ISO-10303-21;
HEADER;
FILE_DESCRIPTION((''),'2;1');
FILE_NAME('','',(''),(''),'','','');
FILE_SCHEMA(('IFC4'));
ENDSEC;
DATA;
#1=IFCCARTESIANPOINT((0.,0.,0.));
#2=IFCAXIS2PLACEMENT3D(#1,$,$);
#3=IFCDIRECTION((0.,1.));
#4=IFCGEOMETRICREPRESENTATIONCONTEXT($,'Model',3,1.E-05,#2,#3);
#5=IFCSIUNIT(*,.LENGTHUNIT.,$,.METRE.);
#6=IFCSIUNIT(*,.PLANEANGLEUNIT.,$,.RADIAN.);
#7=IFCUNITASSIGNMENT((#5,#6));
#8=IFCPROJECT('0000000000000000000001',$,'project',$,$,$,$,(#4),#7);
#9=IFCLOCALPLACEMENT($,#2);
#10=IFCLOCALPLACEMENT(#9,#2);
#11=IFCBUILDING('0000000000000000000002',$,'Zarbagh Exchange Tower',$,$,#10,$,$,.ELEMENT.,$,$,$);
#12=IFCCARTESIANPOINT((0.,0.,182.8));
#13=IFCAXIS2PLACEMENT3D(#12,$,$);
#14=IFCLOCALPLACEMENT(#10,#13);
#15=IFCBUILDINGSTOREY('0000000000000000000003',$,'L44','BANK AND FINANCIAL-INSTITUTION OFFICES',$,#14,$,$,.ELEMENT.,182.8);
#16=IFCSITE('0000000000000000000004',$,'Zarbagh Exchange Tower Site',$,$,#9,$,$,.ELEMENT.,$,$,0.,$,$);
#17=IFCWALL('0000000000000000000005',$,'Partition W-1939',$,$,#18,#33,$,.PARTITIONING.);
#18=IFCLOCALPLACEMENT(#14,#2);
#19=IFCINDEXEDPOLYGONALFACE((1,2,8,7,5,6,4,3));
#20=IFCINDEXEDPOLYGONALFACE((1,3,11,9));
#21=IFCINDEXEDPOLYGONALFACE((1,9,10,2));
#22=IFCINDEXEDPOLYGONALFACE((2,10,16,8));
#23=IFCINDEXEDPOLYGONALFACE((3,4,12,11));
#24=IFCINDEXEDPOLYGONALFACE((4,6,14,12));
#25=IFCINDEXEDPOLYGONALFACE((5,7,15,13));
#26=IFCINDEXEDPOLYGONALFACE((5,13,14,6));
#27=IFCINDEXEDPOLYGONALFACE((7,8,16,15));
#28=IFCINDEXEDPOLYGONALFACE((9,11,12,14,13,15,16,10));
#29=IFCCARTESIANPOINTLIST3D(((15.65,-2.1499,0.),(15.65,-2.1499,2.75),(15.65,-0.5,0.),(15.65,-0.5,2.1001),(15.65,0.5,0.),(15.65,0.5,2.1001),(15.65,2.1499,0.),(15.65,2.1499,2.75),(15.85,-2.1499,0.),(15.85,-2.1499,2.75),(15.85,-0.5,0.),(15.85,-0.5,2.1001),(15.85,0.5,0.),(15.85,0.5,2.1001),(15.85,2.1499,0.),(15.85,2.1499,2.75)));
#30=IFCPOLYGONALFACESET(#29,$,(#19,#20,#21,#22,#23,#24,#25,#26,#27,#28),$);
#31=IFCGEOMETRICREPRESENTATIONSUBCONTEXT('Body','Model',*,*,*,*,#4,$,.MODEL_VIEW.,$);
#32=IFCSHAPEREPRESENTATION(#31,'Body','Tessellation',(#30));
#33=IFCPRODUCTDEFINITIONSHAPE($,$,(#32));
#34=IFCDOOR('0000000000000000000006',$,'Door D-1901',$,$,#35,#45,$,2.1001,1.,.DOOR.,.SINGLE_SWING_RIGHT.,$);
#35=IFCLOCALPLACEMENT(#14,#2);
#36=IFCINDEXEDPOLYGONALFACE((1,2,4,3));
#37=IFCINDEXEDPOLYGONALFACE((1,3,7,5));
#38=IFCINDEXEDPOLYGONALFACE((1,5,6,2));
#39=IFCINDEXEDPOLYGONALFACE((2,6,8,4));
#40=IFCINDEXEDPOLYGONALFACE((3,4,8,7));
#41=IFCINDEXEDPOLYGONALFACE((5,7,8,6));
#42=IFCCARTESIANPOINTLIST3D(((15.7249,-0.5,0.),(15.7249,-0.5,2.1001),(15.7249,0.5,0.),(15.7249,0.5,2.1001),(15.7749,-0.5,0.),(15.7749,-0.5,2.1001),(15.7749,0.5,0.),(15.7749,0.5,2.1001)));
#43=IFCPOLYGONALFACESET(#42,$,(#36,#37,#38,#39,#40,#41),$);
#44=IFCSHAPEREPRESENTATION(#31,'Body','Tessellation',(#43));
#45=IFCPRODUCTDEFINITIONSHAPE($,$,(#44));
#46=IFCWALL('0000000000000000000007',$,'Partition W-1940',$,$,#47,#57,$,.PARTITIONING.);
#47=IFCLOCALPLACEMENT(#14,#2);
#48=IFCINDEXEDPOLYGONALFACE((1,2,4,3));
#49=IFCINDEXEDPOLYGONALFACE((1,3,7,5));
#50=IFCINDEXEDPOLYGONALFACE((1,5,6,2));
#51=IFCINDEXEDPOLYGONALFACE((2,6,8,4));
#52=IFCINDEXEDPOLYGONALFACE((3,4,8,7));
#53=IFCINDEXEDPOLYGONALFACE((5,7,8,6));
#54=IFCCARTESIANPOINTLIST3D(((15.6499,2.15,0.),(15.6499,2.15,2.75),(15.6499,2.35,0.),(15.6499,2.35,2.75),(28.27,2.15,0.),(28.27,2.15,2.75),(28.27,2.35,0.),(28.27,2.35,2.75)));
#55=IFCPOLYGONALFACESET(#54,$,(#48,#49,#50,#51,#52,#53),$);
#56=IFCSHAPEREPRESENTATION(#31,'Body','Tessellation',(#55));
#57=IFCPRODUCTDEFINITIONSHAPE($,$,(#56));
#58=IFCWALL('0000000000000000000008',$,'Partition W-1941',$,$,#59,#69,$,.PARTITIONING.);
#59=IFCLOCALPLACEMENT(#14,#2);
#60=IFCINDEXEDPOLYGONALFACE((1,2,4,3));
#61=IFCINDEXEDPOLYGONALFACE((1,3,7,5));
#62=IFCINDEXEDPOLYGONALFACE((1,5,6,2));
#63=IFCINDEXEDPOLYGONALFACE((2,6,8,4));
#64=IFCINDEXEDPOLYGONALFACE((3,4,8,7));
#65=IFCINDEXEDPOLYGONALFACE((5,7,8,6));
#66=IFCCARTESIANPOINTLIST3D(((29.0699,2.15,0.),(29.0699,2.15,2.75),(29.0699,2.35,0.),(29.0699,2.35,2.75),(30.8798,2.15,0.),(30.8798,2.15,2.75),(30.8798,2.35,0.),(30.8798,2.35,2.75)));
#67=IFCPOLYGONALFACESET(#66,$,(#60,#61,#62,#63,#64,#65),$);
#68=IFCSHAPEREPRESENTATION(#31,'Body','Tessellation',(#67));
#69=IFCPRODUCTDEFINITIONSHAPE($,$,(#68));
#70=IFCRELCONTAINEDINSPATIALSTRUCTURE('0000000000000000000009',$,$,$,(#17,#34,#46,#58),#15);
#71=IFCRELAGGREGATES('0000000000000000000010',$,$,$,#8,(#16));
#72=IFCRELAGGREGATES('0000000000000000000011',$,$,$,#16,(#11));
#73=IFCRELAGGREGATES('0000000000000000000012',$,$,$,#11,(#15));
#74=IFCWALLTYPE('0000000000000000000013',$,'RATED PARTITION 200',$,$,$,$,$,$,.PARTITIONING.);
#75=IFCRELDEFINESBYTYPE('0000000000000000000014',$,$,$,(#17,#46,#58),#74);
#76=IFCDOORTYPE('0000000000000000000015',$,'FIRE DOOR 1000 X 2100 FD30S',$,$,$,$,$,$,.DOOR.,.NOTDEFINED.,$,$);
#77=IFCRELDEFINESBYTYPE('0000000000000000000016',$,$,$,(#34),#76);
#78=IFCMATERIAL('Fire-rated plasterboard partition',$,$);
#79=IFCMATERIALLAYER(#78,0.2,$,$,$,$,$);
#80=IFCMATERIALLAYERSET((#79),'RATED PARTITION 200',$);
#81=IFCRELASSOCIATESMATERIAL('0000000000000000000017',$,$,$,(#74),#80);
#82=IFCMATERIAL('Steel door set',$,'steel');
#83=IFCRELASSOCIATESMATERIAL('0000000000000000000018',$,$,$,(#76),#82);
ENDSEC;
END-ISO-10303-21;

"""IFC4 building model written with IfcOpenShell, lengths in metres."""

from ifc_helpers import new_model, si_unit, direction, frame, frame_2d, origin, place, context, subcontext, project, spatial, rectangle, extrude, material, layer, layer_set, type_object, element, fill, save


model = new_model("IFC4")

# Units and contexts
model_context = context("Model", 3, precision=1e-05, world=origin(), true_north=direction((0.0, 1.0)))
body_context = subcontext(model_context, "Body", "Model", "MODEL_VIEW")
ifc_project = project(units=[si_unit("LENGTHUNIT", "METRE"), si_unit("PLANEANGLEUNIT", "RADIAN")], contexts=[model_context])

# Site, building, storey
site_placement = place(None, origin())
site = spatial("IfcSite", under=ifc_project, at=site_placement, Name="Zarbagh Exchange Tower Site", CompositionType="ELEMENT", RefElevation=0.0)
building_placement = place(site_placement, origin())
building = spatial("IfcBuilding", under=site, at=building_placement, Name="Zarbagh Exchange Tower", CompositionType="ELEMENT")
storey_placement = place(building_placement, frame((0.0, 0.0, 182.8)))
storey = spatial("IfcBuildingStorey", under=building, at=storey_placement, Name="L44", Description="BANK AND FINANCIAL-INSTITUTION OFFICES", CompositionType="ELEMENT", Elevation=182.8)

# Shared definitions
ifc_material_1 = material(Name="Fire-rated plasterboard partition")
ifc_layer = layer(ifc_material_1, 0.2)
ifc_layer_set = layer_set([ifc_layer], Name="RATED PARTITION 200")
wall_type = type_object("IfcWallType", Name="RATED PARTITION 200", PredefinedType="PARTITIONING", material=ifc_layer_set)
ifc_material_2 = material(Name="Steel door set", Category="steel")
door_type_1 = type_object("IfcDoorType", Name="FIRE DOOR 1000 X 2100 FD30S", OperationType="NOTDEFINED", PredefinedType="DOOR", material=ifc_material_2)

# Wall, opening, door
wall_1_placement = place(storey_placement, frame((15.75, 2.1499, 0.0), z_axis=(0.0, 0.0, 1.0), x_axis=(0.0, -1.0, 0.0)))
wall_1 = element("IfcWall", 1, at=wall_1_placement, inside=storey, type_object=wall_type, Name="Partition W-1939", PredefinedType="PARTITIONING", context=body_context, shape_type="SweptSolid", body=[
    extrude(rectangle(XDim=4.2998, YDim=0.2, at=frame_2d((2.1499, 0.0))), origin(), (0.0, 0.0, 1.0), 2.75),
])
opening_1_placement = place(wall_1_placement, frame((1.6499, 0.0, 0.0)))
opening_1 = element("IfcOpeningElement", 2, at=opening_1_placement, cuts=wall_1, PredefinedType="OPENING", context=body_context, shape_type="SweptSolid", body=[
    extrude(rectangle(XDim=1.0, YDim=2.1001, at=frame_2d((0.5, 1.05))), frame((0.0, 0.1099, 0.0), z_axis=(0.0, -1.0, 0.0), x_axis=(1.0, 0.0, 0.0)), (0.0, 0.0, 1.0), 0.22),
])
door_1_placement = place(opening_1_placement, origin())
door_1 = element("IfcDoor", 3, at=door_1_placement, inside=storey, type_object=door_type_1, Name="Door D-1901", OperationType="SINGLE_SWING_RIGHT", OverallHeight=2.1001, OverallWidth=1.0, PredefinedType="DOOR", context=body_context, shape_type="SweptSolid", body=[
    extrude(rectangle(XDim=1.0, YDim=2.1001, at=frame_2d((0.5, 1.05))), frame((0.0, 0.0249, 0.0), z_axis=(0.0, -1.0, 0.0), x_axis=(1.0, 0.0, 0.0)), (0.0, 0.0, 1.0), 0.05),
])
fill(opening_1, door_1)

# Walls
wall_2_placement = place(storey_placement, frame((15.6499, 2.25, 0.0), z_axis=(0.0, 0.0, 1.0), x_axis=(1.0, 0.0, 0.0)))
element("IfcWall", 4, at=wall_2_placement, inside=storey, type_object=wall_type, Name="Partition W-1940", PredefinedType="PARTITIONING", context=body_context, shape_type="SweptSolid", body=[
    extrude(rectangle(XDim=12.6201, YDim=0.2, at=frame_2d((6.3101, 0.0))), origin(), (0.0, 0.0, 1.0), 2.75),
])
wall_3_placement = place(storey_placement, frame((29.0701, 2.25, 0.0), z_axis=(0.0, 0.0, 1.0), x_axis=(1.0, 0.0, 0.0)))
element("IfcWall", 5, at=wall_3_placement, inside=storey, type_object=wall_type, Name="Partition W-1941", PredefinedType="PARTITIONING", context=body_context, shape_type="SweptSolid", body=[
    extrude(rectangle(XDim=1.8098, YDim=0.2, at=frame_2d((0.9048, 0.0))), origin(), (0.0, 0.0, 1.0), 2.75),
])

save(model, "model.ifc")
